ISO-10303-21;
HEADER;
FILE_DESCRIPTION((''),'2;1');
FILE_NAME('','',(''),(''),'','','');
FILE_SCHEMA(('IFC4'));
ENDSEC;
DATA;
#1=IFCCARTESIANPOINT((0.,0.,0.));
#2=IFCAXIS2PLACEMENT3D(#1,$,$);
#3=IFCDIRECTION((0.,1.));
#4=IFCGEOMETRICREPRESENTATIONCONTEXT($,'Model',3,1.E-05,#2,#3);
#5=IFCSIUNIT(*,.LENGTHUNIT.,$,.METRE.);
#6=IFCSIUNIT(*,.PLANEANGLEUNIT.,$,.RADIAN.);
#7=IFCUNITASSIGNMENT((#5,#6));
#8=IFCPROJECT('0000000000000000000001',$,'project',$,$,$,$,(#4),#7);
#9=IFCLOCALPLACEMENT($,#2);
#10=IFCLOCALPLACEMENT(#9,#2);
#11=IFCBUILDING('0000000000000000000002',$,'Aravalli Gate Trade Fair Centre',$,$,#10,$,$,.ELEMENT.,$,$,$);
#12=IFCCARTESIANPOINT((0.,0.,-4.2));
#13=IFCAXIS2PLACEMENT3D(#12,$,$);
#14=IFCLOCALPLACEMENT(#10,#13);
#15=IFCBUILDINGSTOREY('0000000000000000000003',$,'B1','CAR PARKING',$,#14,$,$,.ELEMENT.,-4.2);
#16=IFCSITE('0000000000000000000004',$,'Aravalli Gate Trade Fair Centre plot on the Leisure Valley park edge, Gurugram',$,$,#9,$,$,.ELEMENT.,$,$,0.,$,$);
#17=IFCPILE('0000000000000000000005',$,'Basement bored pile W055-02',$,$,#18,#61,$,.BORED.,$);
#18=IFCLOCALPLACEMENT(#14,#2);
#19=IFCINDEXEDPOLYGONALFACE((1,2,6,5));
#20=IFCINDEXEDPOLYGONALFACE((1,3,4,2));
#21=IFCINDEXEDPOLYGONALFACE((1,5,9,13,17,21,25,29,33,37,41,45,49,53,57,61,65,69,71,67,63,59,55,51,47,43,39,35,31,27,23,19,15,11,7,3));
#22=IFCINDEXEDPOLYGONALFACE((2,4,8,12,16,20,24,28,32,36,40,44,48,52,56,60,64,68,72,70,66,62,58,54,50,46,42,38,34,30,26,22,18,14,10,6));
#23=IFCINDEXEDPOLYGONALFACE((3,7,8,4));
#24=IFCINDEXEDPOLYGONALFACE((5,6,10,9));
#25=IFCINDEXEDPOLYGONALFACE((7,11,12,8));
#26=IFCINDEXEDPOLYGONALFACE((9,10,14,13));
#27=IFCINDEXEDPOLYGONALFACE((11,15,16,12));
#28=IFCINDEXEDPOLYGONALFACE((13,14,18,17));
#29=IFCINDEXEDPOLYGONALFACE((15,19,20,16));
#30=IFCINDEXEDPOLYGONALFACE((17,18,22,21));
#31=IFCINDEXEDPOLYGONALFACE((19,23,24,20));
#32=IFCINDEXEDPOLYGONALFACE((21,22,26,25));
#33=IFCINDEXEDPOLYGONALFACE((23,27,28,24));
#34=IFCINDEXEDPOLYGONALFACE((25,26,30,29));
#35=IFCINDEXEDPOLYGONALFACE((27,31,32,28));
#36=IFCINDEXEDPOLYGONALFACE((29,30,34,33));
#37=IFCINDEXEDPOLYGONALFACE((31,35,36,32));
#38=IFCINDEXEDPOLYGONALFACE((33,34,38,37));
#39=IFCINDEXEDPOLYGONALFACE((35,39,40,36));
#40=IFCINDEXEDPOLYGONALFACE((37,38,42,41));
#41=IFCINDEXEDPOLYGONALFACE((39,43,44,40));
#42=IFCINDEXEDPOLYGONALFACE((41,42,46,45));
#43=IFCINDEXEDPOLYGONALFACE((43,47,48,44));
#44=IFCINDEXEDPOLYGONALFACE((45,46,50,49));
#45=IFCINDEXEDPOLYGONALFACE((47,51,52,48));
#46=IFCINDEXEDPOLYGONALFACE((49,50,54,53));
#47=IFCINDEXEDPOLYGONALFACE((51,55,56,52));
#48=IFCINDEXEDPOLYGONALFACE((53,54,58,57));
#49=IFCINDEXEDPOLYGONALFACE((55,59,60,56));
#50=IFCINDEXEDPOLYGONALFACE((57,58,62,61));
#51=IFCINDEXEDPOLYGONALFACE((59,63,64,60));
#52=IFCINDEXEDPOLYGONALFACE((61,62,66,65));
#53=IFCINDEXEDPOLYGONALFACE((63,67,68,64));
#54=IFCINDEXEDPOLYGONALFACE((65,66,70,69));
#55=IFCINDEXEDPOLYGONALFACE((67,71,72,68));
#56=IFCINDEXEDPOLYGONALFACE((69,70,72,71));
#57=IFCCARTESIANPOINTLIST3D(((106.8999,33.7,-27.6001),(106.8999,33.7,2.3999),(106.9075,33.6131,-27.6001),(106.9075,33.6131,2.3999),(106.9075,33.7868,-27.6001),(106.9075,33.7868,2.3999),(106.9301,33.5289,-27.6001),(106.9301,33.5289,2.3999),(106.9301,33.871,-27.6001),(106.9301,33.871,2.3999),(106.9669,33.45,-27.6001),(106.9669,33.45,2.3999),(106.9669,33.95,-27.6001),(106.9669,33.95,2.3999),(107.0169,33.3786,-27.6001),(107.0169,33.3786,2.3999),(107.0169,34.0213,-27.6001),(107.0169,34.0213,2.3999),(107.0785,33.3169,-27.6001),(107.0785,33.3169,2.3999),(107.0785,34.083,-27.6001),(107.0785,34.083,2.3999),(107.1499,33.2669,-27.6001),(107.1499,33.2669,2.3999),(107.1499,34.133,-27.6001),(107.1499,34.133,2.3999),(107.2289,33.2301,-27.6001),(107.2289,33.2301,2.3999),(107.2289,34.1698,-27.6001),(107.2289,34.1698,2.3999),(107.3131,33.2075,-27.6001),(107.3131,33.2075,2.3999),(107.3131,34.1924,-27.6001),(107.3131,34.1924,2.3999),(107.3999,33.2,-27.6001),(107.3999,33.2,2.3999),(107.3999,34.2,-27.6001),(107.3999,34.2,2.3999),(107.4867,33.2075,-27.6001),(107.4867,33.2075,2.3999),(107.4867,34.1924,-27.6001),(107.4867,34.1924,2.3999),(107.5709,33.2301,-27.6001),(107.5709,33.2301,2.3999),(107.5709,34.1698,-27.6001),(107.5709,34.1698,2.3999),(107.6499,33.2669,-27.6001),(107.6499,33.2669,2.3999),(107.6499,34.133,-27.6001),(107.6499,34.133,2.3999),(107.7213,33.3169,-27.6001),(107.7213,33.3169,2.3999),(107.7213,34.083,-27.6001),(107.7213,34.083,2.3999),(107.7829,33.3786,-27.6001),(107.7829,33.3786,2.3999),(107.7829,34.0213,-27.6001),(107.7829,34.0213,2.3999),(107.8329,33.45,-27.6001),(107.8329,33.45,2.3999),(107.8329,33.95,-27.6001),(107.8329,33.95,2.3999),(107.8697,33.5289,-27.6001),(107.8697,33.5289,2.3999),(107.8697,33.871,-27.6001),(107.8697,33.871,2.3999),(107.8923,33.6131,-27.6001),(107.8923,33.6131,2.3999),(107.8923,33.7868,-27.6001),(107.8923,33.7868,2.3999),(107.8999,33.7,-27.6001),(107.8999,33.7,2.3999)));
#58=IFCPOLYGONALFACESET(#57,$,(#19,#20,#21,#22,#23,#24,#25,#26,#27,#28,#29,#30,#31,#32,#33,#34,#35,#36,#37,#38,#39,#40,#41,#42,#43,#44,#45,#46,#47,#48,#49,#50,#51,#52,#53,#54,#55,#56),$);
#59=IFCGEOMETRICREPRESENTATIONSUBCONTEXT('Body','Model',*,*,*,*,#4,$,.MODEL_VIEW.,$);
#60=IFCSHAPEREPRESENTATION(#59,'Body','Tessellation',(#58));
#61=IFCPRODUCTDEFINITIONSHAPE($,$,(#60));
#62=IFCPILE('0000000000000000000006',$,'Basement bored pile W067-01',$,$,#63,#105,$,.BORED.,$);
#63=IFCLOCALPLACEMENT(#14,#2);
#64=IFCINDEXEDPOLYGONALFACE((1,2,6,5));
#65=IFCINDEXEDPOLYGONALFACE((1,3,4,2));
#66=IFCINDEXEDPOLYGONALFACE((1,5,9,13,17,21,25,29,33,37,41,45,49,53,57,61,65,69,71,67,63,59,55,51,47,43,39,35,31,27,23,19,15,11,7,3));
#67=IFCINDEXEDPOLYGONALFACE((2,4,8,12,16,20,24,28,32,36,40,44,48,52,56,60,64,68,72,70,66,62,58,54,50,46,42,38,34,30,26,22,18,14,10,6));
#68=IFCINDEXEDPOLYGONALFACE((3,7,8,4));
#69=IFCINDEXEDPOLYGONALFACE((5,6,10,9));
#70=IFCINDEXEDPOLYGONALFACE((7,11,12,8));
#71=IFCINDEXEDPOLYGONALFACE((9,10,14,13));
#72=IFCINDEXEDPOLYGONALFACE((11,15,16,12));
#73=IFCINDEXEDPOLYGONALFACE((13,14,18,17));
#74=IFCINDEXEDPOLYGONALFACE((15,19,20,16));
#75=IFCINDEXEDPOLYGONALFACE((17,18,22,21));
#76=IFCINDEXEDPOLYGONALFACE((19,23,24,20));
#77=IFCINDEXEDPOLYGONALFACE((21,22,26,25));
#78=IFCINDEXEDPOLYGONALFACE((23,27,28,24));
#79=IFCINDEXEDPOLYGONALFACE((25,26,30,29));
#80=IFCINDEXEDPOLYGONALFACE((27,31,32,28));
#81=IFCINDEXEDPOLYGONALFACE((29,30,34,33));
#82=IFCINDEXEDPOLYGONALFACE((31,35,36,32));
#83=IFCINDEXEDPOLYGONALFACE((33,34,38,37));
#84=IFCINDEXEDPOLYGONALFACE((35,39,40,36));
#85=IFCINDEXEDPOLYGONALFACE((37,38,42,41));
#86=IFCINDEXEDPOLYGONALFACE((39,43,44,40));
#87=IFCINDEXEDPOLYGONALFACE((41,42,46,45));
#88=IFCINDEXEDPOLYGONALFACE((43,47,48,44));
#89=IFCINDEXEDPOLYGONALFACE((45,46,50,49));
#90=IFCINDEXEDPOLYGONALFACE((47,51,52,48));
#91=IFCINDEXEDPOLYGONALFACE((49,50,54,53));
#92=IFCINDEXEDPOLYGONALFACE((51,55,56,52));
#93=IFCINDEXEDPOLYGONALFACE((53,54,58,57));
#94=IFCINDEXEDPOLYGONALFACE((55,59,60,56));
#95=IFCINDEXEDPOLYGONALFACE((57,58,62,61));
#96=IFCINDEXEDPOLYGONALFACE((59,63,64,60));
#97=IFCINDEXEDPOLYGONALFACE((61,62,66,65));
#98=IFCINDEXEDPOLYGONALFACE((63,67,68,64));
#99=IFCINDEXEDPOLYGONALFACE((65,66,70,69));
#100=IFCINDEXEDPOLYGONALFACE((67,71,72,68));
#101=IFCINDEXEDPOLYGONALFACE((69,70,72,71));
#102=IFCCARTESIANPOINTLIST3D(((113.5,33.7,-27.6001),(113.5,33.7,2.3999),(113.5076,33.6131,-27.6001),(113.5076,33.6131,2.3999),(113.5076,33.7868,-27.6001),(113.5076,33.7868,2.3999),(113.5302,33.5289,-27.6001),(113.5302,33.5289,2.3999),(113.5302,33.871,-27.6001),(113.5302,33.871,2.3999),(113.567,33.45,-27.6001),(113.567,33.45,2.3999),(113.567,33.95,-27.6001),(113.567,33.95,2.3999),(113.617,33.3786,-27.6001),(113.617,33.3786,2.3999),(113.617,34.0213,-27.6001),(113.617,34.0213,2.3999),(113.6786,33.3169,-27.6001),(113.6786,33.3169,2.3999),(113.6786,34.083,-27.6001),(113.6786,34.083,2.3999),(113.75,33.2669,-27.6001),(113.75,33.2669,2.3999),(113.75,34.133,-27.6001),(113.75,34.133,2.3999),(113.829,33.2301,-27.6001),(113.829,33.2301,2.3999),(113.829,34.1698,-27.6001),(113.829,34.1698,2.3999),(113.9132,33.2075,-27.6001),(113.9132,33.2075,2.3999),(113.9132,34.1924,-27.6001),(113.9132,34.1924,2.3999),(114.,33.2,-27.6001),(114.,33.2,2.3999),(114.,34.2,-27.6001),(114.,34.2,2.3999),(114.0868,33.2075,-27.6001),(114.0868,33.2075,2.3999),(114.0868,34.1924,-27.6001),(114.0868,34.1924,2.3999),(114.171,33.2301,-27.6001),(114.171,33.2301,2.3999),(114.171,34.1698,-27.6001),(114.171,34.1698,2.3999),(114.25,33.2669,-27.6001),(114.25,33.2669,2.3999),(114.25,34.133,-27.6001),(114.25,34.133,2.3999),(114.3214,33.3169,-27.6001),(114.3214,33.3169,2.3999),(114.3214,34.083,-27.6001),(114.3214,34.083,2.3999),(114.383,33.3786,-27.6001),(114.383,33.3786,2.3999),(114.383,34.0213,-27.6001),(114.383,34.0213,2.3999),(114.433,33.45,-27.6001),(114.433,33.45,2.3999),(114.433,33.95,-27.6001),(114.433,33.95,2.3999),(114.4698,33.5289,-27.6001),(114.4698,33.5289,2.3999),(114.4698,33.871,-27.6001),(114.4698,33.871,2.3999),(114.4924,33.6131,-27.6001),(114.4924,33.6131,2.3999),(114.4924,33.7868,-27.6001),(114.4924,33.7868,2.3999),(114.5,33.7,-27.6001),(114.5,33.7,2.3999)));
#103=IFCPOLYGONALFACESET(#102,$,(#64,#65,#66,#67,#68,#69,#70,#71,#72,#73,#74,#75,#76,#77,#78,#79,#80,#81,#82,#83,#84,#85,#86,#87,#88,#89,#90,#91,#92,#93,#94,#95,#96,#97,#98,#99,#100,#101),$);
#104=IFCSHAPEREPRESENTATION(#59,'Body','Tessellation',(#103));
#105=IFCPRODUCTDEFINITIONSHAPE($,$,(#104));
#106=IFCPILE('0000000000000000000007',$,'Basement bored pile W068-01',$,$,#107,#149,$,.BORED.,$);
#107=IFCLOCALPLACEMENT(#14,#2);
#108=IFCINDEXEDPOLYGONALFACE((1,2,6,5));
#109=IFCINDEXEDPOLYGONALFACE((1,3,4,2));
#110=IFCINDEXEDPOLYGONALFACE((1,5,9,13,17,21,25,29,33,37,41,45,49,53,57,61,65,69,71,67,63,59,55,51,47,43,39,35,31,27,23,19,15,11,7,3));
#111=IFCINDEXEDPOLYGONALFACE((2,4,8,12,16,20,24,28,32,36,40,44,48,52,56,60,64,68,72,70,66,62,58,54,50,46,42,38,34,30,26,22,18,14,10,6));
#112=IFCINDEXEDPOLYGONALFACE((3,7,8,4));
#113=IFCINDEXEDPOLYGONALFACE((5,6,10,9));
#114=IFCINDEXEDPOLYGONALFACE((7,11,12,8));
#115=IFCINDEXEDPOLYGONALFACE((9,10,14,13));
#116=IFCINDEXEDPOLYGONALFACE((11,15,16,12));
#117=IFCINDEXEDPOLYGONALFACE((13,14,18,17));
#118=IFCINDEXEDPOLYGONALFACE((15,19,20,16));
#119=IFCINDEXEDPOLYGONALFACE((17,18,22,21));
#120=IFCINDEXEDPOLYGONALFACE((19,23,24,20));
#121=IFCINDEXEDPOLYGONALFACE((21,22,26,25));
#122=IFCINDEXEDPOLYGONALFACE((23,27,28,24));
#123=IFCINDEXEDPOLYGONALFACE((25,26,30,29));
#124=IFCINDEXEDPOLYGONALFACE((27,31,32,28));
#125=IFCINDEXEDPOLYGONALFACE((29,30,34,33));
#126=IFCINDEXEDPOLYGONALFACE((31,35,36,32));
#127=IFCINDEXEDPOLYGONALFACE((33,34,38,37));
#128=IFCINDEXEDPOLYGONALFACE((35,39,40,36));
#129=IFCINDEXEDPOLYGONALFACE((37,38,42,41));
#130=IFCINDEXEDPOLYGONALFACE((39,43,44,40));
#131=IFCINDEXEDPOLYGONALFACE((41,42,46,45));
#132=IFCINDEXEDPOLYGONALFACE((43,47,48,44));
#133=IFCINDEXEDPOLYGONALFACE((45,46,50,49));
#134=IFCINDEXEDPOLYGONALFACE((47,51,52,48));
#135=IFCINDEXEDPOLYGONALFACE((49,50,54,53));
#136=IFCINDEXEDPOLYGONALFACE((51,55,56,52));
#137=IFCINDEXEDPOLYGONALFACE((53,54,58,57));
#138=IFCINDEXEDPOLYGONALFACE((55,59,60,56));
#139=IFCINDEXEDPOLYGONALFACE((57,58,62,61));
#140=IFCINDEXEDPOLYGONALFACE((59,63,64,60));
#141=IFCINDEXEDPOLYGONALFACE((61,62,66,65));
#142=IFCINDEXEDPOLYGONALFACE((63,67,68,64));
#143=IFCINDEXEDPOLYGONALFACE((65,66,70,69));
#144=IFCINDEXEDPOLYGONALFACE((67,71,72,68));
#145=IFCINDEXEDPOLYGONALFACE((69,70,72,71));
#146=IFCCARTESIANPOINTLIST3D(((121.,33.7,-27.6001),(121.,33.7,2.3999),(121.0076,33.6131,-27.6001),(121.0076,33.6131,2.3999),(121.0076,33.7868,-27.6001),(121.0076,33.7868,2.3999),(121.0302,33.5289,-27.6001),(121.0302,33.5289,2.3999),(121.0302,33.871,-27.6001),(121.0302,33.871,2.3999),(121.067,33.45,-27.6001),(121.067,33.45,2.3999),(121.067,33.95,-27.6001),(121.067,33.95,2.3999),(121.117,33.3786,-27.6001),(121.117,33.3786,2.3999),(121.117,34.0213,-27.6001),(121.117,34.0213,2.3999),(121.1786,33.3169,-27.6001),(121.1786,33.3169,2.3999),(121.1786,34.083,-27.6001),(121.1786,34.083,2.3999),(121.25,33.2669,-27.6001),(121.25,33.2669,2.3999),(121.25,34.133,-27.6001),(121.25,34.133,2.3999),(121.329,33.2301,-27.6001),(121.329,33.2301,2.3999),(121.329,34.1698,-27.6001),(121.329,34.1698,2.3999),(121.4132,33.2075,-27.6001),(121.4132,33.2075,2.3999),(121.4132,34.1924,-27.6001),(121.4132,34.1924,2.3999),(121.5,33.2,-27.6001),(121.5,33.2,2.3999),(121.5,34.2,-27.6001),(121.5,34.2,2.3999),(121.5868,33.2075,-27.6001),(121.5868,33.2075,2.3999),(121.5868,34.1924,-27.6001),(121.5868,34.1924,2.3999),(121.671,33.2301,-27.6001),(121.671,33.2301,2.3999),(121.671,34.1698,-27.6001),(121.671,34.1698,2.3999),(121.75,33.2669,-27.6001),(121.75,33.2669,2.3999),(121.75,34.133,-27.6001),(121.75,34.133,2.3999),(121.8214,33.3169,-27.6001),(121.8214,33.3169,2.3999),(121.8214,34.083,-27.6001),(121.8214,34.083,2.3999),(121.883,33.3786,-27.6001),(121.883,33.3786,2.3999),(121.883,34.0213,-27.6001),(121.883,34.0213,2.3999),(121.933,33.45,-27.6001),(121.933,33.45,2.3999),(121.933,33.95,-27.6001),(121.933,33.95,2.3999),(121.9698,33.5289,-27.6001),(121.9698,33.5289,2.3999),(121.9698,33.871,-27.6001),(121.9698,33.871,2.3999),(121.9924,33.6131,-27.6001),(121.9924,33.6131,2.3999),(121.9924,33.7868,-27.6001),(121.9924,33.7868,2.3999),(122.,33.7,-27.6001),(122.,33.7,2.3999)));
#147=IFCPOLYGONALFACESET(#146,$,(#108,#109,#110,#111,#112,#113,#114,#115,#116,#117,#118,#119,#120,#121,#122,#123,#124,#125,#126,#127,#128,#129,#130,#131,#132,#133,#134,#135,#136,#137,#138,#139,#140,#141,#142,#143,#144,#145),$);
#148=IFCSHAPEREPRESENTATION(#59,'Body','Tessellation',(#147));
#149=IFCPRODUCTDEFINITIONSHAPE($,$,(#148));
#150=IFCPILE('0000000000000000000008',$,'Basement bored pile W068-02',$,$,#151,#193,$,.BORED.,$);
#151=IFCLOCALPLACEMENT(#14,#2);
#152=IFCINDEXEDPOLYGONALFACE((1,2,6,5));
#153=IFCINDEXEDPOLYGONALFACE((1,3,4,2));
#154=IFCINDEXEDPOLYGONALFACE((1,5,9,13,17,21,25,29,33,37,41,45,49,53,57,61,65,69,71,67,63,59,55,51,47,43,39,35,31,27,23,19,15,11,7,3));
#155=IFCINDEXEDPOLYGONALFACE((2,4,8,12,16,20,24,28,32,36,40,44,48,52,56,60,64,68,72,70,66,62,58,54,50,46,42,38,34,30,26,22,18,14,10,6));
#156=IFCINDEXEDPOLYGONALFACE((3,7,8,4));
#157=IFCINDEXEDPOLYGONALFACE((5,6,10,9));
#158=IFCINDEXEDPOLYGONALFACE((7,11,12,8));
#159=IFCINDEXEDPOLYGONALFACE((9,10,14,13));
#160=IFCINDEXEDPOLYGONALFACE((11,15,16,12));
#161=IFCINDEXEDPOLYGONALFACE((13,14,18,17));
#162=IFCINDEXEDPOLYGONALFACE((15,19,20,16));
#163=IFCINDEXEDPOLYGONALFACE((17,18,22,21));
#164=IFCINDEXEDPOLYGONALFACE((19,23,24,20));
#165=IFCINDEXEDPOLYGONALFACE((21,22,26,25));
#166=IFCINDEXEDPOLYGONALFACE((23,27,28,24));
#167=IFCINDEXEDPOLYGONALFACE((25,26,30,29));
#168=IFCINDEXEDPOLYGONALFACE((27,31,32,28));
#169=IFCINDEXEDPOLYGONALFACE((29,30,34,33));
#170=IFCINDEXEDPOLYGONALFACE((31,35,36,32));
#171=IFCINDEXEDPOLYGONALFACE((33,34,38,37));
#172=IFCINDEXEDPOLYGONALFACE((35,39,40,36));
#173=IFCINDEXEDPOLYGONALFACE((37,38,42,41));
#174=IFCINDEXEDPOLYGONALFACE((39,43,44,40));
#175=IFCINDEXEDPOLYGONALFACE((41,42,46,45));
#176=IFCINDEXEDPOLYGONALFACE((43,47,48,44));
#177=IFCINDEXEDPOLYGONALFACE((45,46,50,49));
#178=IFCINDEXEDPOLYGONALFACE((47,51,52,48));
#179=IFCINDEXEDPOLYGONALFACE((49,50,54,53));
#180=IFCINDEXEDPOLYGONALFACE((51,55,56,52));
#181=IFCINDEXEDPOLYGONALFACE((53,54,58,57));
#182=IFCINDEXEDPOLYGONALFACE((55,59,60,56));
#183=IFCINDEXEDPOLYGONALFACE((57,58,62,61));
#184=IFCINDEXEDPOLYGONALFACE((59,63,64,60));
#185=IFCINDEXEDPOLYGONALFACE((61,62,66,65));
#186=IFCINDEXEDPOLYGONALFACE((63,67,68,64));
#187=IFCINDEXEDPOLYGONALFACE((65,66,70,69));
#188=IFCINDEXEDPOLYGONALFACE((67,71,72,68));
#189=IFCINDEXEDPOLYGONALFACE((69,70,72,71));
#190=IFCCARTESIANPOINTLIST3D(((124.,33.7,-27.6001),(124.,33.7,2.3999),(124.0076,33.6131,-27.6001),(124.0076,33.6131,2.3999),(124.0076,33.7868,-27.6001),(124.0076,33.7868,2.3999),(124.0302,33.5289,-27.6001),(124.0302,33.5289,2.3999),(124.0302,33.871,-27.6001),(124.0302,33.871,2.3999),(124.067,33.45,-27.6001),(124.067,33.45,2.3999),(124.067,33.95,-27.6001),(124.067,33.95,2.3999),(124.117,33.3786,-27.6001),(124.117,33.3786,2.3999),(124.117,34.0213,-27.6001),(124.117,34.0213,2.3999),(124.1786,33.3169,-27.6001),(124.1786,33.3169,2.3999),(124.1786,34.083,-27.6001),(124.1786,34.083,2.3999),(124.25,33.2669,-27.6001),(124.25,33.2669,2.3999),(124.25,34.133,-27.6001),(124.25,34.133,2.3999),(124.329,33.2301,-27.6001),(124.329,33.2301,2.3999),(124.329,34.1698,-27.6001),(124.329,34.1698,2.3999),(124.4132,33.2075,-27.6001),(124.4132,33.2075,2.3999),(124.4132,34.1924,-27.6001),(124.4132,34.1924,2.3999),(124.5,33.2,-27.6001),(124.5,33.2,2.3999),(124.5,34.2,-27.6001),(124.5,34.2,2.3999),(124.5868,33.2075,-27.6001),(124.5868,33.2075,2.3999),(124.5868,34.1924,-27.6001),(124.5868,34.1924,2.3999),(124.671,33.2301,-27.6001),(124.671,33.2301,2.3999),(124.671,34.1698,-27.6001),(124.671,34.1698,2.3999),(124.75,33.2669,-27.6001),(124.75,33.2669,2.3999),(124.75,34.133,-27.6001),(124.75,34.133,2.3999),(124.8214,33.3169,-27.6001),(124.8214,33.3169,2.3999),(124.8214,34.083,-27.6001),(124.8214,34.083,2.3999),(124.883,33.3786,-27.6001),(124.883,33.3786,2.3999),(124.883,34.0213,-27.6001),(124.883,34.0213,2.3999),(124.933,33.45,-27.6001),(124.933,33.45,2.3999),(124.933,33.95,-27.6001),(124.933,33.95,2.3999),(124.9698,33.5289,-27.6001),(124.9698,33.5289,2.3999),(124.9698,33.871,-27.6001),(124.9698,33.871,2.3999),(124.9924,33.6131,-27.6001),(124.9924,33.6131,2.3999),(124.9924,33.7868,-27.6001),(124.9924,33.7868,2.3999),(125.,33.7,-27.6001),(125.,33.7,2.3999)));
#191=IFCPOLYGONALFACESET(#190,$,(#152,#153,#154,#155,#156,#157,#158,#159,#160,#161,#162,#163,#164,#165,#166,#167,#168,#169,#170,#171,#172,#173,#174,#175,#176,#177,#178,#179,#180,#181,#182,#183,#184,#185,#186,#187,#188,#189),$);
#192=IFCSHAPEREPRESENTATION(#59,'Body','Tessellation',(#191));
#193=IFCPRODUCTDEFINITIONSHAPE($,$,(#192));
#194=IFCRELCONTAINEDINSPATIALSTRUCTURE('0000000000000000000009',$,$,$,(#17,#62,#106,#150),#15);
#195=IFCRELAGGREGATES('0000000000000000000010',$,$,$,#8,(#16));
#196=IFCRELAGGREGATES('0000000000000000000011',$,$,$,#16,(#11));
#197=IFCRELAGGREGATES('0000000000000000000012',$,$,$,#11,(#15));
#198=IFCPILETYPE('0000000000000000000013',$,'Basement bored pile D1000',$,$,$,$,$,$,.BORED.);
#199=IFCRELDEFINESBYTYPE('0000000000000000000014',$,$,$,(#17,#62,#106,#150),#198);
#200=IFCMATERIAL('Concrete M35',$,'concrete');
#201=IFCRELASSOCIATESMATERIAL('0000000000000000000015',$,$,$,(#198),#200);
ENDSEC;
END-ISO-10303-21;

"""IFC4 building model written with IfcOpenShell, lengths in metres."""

from ifc_helpers import new_model, si_unit, direction, frame, origin, origin_2d, place, context, subcontext, project, spatial, circle, extrude, material, material_profile, profile_set, type_object, element, save


model = new_model("IFC4")

# Units and contexts
model_context = context("Model", 3, precision=1e-05, world=origin(), true_north=direction((0.0, 1.0)))
body_context = subcontext(model_context, "Body", "Model", "MODEL_VIEW")
ifc_project = project(units=[si_unit("LENGTHUNIT", "METRE"), si_unit("PLANEANGLEUNIT", "RADIAN")], contexts=[model_context])

# Site, building, storey
site_placement = place(None, origin())
site = spatial("IfcSite", under=ifc_project, at=site_placement, Name="Aravalli Gate Trade Fair Centre plot on the Leisure Valley park edge, Gurugram", CompositionType="ELEMENT", RefElevation=0.0)
building_placement = place(site_placement, origin())
building = spatial("IfcBuilding", under=site, at=building_placement, Name="Aravalli Gate Trade Fair Centre", CompositionType="ELEMENT")
storey_placement = place(building_placement, frame((0.0, 0.0, -4.2)))
storey = spatial("IfcBuildingStorey", under=building, at=storey_placement, Name="B1", Description="CAR PARKING", CompositionType="ELEMENT", Elevation=-4.2)

# Piles
ifc_material = material(Name="Concrete M35", Category="concrete")
ifc_material_profile = material_profile(ifc_material, circle(Radius=0.5, at=origin_2d()), Name="D1000")
ifc_profile_set = profile_set([ifc_material_profile], Name="Concrete M35")
pile_type = type_object("IfcPileType", Name="Basement bored pile D1000", PredefinedType="BORED", material=ifc_profile_set)
for number, where, z_axis, x_axis, name in (
    (1, (107.3999, 33.7, 2.3999), (0.0, 0.0, -1.0), (1.0, 0.0, 0.0), "Basement bored pile W055-02"),
    (2, (114.0, 33.7, 2.3999), (0.0, 0.0, -1.0), (1.0, 0.0, 0.0), "Basement bored pile W067-01"),
    (3, (121.5, 33.7, 2.3999), (0.0, 0.0, -1.0), (1.0, 0.0, 0.0), "Basement bored pile W068-01"),
    (4, (124.5, 33.7, 2.3999), (0.0, 0.0, -1.0), (1.0, 0.0, 0.0), "Basement bored pile W068-02"),
):
    element("IfcPile", number, at=place(storey_placement, frame(where, z_axis=z_axis, x_axis=x_axis)), inside=storey, type_object=pile_type, Name=name, PredefinedType="BORED", context=body_context, shape_type="SweptSolid", body=[
        extrude(circle(Radius=0.5, at=origin_2d()), origin(), (0.0, 0.0, 1.0), 30.0),
    ])

save(model, "model.ifc")
